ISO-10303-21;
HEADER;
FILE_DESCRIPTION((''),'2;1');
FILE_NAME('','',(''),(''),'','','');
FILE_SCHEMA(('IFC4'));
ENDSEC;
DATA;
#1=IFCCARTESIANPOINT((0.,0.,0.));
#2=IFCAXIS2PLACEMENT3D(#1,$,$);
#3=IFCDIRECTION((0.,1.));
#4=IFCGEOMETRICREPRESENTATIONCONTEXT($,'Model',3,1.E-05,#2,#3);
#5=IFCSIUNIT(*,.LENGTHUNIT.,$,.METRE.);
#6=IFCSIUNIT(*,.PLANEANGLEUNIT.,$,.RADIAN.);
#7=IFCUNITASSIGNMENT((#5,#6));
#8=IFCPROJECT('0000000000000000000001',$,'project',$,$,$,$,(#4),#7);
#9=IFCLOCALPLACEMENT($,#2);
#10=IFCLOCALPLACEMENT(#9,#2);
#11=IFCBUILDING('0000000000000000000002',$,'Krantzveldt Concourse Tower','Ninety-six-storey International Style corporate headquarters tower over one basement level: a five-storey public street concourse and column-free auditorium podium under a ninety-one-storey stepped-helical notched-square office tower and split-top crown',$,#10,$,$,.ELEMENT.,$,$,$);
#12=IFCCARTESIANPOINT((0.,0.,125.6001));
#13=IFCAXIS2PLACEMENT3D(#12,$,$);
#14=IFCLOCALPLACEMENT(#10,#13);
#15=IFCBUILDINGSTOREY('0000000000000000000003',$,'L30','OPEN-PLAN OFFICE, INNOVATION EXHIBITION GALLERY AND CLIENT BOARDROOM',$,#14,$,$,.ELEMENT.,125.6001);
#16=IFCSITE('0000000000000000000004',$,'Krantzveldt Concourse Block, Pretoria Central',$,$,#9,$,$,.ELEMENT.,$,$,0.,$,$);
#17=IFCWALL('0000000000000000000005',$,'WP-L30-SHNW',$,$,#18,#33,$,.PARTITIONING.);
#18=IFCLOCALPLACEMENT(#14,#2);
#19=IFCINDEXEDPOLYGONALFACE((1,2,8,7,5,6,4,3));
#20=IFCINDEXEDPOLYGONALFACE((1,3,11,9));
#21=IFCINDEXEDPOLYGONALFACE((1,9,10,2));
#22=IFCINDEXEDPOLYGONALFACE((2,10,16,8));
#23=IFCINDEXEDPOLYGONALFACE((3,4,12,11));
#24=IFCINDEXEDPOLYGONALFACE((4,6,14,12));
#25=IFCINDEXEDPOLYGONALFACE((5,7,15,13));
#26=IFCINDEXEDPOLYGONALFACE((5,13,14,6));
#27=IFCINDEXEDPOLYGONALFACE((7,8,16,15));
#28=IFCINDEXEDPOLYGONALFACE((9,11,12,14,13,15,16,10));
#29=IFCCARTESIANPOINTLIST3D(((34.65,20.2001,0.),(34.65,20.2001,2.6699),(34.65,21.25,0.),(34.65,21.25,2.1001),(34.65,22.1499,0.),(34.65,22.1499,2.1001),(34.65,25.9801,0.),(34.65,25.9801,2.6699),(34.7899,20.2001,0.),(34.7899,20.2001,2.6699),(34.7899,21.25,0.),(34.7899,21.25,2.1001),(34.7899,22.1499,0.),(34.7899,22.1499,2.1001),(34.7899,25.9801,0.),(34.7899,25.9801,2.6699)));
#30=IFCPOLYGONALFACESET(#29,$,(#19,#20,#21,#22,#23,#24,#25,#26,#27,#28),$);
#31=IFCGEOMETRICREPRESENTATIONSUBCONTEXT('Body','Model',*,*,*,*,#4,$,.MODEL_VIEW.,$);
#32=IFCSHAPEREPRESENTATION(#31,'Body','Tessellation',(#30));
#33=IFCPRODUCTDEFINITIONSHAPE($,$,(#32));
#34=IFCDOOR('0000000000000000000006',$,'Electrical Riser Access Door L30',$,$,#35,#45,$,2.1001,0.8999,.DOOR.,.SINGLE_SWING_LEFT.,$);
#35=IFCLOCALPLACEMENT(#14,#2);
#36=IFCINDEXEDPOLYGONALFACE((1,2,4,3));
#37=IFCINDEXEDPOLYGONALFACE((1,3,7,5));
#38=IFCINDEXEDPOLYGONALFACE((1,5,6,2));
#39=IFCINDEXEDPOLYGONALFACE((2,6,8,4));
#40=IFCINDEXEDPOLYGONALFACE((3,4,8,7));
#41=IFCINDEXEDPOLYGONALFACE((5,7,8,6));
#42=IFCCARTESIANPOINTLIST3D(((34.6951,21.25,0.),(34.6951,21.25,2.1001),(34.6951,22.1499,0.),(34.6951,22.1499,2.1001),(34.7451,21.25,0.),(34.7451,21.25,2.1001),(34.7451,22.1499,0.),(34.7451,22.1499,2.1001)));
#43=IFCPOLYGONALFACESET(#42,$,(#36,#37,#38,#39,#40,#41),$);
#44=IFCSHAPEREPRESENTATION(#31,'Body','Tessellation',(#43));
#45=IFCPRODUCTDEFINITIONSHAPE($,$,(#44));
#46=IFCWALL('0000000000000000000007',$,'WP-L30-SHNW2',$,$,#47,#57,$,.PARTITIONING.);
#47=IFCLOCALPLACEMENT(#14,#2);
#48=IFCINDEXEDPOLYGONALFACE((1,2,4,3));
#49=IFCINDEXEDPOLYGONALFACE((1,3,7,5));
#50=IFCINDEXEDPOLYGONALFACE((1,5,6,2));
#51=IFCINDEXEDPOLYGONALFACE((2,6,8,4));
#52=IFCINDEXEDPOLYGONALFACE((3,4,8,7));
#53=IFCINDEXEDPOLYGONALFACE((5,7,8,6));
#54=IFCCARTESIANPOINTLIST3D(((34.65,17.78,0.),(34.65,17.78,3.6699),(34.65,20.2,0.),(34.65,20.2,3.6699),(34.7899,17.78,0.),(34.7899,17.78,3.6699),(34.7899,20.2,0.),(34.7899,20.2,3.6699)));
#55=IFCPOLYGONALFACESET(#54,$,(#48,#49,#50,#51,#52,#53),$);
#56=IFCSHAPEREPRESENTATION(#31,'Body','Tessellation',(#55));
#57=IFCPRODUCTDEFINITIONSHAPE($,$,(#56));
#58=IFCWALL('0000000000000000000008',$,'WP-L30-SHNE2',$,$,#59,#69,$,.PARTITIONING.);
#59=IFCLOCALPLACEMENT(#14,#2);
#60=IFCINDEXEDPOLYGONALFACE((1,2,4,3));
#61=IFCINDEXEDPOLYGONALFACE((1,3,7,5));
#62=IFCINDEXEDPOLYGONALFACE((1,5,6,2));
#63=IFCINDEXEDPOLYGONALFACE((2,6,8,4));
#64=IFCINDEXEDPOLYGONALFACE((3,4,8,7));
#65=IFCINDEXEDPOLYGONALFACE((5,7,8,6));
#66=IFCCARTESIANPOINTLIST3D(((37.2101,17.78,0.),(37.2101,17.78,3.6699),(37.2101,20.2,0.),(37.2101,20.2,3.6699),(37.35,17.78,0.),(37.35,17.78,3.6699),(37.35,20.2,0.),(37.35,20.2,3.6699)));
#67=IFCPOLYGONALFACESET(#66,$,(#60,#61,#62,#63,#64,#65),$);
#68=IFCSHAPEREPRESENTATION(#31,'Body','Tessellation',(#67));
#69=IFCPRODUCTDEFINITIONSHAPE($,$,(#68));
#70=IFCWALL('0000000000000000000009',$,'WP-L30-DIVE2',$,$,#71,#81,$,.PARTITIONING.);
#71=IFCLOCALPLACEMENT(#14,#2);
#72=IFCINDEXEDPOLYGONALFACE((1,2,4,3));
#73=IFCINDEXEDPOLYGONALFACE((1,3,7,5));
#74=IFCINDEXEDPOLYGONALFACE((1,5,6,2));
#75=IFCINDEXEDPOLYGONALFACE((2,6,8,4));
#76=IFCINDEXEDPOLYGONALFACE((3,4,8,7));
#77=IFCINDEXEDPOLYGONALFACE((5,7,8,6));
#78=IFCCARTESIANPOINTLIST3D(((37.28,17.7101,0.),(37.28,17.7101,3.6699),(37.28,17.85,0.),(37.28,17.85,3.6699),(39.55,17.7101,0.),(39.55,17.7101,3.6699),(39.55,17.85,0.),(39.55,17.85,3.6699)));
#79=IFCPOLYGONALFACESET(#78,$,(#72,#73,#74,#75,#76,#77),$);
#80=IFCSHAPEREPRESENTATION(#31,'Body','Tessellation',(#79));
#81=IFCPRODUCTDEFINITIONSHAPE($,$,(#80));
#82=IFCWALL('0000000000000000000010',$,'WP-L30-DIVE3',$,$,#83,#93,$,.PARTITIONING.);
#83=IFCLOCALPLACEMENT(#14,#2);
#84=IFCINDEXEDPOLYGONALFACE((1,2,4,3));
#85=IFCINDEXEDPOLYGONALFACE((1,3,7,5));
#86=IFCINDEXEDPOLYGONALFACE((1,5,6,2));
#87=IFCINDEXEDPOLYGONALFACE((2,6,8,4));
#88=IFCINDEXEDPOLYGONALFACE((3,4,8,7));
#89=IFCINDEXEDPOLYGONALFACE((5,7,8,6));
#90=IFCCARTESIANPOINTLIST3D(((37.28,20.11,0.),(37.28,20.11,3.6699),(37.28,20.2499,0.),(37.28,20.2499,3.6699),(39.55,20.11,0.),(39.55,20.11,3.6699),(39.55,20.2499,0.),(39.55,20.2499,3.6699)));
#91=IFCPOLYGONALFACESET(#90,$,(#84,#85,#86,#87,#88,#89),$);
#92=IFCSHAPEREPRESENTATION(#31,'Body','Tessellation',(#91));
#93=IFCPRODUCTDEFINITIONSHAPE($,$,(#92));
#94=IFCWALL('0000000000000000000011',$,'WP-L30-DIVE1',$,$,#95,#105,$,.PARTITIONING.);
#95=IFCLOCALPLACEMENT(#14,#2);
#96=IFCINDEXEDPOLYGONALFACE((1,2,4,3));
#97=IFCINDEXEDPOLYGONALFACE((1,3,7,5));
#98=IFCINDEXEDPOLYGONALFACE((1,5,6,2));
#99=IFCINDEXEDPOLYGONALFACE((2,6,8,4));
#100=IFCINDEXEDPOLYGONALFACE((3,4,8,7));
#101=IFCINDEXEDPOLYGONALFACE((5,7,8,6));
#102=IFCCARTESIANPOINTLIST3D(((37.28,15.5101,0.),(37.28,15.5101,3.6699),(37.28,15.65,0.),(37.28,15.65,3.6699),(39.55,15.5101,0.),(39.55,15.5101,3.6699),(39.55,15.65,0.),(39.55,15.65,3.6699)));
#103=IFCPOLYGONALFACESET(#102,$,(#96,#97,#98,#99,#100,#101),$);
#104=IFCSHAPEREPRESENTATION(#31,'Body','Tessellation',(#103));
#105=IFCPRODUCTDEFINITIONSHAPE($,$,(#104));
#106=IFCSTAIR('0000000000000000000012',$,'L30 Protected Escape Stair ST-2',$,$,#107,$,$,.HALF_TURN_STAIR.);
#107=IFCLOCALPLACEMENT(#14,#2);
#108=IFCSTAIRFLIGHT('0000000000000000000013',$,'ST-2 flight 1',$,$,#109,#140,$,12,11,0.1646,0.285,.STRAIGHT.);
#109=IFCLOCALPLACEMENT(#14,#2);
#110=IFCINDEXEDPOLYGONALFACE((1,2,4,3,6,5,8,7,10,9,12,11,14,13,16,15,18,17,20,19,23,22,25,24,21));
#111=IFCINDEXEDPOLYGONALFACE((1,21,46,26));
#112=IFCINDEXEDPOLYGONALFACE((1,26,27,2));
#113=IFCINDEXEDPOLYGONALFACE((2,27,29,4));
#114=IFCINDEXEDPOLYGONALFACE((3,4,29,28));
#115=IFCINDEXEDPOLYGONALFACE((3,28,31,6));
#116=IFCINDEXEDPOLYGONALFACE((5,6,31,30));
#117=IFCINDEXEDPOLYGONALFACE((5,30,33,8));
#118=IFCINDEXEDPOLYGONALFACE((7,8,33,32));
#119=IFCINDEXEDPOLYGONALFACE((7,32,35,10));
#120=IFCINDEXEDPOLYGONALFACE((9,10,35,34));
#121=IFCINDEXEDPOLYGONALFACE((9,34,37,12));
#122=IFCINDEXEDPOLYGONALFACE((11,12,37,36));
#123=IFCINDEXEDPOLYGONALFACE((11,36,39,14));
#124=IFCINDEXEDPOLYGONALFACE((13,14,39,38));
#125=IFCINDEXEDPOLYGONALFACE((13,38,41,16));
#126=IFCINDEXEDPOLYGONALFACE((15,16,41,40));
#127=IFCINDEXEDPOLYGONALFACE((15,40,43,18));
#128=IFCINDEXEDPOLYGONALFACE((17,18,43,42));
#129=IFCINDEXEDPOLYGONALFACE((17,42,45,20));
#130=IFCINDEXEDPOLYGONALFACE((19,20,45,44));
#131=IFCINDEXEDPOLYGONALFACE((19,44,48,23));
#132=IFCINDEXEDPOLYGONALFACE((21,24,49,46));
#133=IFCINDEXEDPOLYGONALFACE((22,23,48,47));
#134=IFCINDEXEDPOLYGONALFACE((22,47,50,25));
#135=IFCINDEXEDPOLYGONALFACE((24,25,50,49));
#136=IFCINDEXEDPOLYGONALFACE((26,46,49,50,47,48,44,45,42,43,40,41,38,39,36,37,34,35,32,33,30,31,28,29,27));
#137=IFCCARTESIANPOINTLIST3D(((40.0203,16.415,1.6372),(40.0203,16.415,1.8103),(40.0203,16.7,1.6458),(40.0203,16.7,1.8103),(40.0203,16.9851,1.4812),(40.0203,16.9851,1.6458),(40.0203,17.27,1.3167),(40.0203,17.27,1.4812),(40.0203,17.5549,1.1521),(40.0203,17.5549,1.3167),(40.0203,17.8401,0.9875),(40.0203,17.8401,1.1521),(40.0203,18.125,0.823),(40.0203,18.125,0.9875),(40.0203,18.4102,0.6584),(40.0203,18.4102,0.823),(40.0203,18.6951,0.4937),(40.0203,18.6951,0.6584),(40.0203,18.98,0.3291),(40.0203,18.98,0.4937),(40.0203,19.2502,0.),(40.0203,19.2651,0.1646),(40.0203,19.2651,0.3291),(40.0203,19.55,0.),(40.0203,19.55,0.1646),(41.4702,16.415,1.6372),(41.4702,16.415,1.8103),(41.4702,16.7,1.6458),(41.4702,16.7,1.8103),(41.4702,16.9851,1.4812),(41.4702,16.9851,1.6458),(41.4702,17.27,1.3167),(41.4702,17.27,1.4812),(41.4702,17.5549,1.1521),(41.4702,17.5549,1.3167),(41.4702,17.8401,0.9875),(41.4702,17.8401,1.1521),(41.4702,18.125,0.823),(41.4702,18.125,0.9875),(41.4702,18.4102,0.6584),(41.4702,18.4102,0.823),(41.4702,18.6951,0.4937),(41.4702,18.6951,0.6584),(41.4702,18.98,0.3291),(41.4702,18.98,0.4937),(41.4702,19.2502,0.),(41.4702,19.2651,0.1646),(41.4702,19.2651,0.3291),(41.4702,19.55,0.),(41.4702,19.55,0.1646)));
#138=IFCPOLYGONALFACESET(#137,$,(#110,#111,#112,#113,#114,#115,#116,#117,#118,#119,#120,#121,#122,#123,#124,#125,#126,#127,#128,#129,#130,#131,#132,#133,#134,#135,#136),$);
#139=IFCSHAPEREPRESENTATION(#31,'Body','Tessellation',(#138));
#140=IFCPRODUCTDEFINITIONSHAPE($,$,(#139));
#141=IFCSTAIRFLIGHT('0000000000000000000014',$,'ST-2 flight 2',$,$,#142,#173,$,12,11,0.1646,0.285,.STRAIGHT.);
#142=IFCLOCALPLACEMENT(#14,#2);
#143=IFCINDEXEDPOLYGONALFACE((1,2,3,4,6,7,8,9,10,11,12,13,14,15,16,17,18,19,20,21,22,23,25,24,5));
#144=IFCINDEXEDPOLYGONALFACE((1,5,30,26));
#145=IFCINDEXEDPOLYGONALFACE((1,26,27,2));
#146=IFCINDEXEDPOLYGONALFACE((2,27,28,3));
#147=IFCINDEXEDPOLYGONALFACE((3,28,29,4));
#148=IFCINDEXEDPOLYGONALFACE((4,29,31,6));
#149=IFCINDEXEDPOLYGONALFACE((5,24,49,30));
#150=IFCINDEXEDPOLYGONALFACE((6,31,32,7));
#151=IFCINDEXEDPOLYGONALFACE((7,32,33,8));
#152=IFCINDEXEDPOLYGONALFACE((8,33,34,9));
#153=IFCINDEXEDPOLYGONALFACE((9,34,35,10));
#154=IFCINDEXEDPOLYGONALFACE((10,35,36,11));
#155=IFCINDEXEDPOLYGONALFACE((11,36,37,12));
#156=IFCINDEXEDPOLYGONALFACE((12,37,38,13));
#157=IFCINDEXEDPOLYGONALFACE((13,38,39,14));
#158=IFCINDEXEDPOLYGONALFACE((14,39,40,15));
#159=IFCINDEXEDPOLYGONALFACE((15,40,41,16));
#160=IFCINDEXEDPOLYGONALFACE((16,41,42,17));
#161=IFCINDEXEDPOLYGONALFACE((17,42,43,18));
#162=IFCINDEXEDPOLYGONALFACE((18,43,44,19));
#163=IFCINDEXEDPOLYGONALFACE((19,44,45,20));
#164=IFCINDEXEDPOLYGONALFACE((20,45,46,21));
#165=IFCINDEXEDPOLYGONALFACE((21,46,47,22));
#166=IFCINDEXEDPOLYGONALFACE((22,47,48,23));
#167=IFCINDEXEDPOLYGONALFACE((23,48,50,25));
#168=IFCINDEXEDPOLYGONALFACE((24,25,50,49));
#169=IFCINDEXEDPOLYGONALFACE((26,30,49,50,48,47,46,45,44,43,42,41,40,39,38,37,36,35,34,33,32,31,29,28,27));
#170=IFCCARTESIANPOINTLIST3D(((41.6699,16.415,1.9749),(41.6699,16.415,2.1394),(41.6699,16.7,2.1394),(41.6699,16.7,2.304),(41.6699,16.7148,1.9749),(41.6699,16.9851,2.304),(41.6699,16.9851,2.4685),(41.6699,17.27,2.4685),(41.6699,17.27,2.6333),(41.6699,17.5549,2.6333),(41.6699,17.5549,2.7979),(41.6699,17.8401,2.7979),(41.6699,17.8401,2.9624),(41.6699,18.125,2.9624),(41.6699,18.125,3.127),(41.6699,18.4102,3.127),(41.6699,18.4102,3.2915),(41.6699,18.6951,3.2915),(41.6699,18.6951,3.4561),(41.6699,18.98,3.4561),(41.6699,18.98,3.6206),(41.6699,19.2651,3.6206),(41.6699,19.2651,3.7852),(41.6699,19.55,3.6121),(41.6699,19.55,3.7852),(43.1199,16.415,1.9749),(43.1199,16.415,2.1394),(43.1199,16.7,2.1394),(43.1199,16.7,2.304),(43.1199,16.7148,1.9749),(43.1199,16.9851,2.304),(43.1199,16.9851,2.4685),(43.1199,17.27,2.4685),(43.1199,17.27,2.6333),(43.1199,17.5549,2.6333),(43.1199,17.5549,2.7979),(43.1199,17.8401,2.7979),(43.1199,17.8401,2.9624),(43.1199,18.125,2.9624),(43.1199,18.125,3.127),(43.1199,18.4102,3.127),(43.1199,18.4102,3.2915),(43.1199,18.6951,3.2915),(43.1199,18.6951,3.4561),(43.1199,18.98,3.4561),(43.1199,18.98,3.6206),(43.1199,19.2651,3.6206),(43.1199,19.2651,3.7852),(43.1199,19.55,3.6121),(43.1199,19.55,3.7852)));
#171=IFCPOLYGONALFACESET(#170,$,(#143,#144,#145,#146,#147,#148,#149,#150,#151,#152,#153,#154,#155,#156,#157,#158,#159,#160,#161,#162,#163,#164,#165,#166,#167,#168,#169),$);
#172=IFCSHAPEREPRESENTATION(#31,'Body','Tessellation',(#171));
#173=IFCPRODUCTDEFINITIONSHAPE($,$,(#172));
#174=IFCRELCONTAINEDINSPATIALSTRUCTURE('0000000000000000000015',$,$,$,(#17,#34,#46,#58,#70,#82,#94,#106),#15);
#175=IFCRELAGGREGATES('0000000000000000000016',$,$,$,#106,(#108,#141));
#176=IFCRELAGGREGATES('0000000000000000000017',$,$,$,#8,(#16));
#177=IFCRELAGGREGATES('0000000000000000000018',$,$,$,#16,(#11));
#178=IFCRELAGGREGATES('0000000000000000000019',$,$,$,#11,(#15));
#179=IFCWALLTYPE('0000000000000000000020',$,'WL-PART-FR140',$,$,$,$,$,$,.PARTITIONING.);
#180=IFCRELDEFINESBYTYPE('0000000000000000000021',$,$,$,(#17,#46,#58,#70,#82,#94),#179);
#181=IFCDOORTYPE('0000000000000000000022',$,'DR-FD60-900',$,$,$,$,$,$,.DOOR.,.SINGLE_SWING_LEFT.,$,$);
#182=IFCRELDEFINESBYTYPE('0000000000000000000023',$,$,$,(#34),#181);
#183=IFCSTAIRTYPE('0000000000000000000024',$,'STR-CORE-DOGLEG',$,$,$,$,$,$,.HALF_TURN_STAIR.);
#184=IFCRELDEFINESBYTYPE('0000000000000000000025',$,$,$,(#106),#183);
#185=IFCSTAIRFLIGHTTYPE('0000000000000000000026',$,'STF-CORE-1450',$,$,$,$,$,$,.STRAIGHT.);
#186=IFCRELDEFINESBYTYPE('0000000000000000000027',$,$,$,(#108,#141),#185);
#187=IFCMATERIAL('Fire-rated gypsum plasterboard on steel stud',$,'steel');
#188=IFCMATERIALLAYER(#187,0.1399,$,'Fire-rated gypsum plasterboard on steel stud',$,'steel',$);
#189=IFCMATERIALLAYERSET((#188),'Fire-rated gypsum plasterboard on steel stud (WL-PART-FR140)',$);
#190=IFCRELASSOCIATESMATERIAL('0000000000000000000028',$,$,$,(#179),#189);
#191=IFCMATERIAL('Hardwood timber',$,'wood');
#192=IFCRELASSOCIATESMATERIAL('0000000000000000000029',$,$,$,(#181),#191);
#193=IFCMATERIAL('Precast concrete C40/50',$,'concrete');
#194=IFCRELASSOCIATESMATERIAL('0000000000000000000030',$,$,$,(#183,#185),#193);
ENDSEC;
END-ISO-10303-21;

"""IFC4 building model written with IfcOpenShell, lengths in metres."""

from ifc_helpers import new_model, si_unit, direction, frame, frame_2d, origin, place, context, subcontext, project, spatial, polyline, rectangle, outline, extrude, material, layer, layer_set, type_object, element, fill, aggregate, save


model = new_model("IFC4")

# Units and contexts
model_context = context("Model", 3, precision=1e-05, world=origin(), true_north=direction((0.0, 1.0)))
body_context = subcontext(model_context, "Body", "Model", "MODEL_VIEW")
ifc_project = project(units=[si_unit("LENGTHUNIT", "METRE"), si_unit("PLANEANGLEUNIT", "RADIAN")], contexts=[model_context])

# Site, building, storey
site_placement = place(None, origin())
site = spatial("IfcSite", under=ifc_project, at=site_placement, Name="Krantzveldt Concourse Block, Pretoria Central", CompositionType="ELEMENT", RefElevation=0.0)
building_placement = place(site_placement, origin())
building = spatial("IfcBuilding", under=site, at=building_placement, Name="Krantzveldt Concourse Tower", Description="Ninety-six-storey International Style corporate headquarters tower over one basement level: a five-storey public street concourse and column-free auditorium podium under a ninety-one-storey stepped-helical notched-square office tower and split-top crown", CompositionType="ELEMENT")
storey_placement = place(building_placement, frame((0.0, 0.0, 125.6001)))
storey = spatial("IfcBuildingStorey", under=building, at=storey_placement, Name="L30", Description="OPEN-PLAN OFFICE, INNOVATION EXHIBITION GALLERY AND CLIENT BOARDROOM", CompositionType="ELEMENT", Elevation=125.6001)

# Wall, opening, door
ifc_material_1 = material(Name="Fire-rated gypsum plasterboard on steel stud", Category="steel")
ifc_layer_1 = layer(ifc_material_1, 0.1399, Name="Fire-rated gypsum plasterboard on steel stud", Category="steel")
ifc_layer_set_1 = layer_set([ifc_layer_1], Name="Fire-rated gypsum plasterboard on steel stud (WL-PART-FR140)")
wall_type = type_object("IfcWallType", Name="WL-PART-FR140", PredefinedType="PARTITIONING", material=ifc_layer_set_1)
wall_1_placement = place(storey_placement, frame((34.72, 20.2, 0.0), z_axis=(0.0, 0.0, 1.0), x_axis=(0.0, 1.0, 0.0)))
wall_1 = element("IfcWall", 1, at=wall_1_placement, inside=storey, type_object=wall_type, Name="WP-L30-SHNW", PredefinedType="PARTITIONING", context=body_context, shape_type="SweptSolid", body=[
    extrude(rectangle(XDim=5.78, YDim=0.1399, at=frame_2d((2.8901, 0.0))), origin(), (0.0, 0.0, 1.0), 2.6699),
])
opening_1_placement = place(wall_1_placement, frame((1.05, 0.0, 0.0)))
opening_1 = element("IfcOpeningElement", 2, at=opening_1_placement, cuts=wall_1, PredefinedType="OPENING", context=body_context, shape_type="SweptSolid", body=[
    extrude(rectangle(XDim=0.8999, YDim=2.1001, at=frame_2d((0.45, 1.05))), frame((0.0, 0.0801, 0.0), z_axis=(0.0, -1.0, 0.0), x_axis=(1.0, 0.0, 0.0)), (0.0, 0.0, 1.0), 0.1599),
])
ifc_material_2 = material(Name="Hardwood timber", Category="wood")
door_type_1 = type_object("IfcDoorType", Name="DR-FD60-900", OperationType="SINGLE_SWING_LEFT", PredefinedType="DOOR", material=ifc_material_2)
door_1_placement = place(opening_1_placement, origin())
door_1 = element("IfcDoor", 3, at=door_1_placement, inside=storey, type_object=door_type_1, Name="Electrical Riser Access Door L30", OperationType="SINGLE_SWING_LEFT", OverallHeight=2.1001, OverallWidth=0.8999, PredefinedType="DOOR", context=body_context, shape_type="SweptSolid", body=[
    extrude(rectangle(XDim=0.8999, YDim=2.1001, at=frame_2d((0.45, 1.05))), frame((0.0, 0.0249, 0.0), z_axis=(0.0, -1.0, 0.0), x_axis=(1.0, 0.0, 0.0)), (0.0, 0.0, 1.0), 0.05),
])
fill(opening_1, door_1)

# Walls
for number, where, z_axis, x_axis, name in (
    (4, (34.72, 17.78, 0.0), (0.0, 0.0, 1.0), (0.0, 1.0, 0.0), "WP-L30-SHNW2"),
    (5, (37.28, 17.78, 0.0), (0.0, 0.0, 1.0), (0.0, 1.0, 0.0), "WP-L30-SHNE2"),
):
    element("IfcWall", number, at=place(storey_placement, frame(where, z_axis=z_axis, x_axis=x_axis)), inside=storey, type_object=wall_type, Name=name, PredefinedType="PARTITIONING", context=body_context, shape_type="SweptSolid", body=[
        extrude(rectangle(XDim=2.4199, YDim=0.1399, at=frame_2d((1.21, 0.0))), origin(), (0.0, 0.0, 1.0), 3.6699),
    ])
for number, where, z_axis, x_axis, name in (
    (6, (37.28, 17.78, 0.0), (0.0, 0.0, 1.0), (1.0, 0.0, 0.0), "WP-L30-DIVE2"),
    (7, (37.28, 20.1799, 0.0), (0.0, 0.0, 1.0), (1.0, 0.0, 0.0), "WP-L30-DIVE3"),
    (8, (37.28, 15.5801, 0.0), (0.0, 0.0, 1.0), (1.0, 0.0, 0.0), "WP-L30-DIVE1"),
):
    element("IfcWall", number, at=place(storey_placement, frame(where, z_axis=z_axis, x_axis=x_axis)), inside=storey, type_object=wall_type, Name=name, PredefinedType="PARTITIONING", context=body_context, shape_type="SweptSolid", body=[
        extrude(rectangle(XDim=2.27, YDim=0.1399, at=frame_2d((1.135, 0.0))), origin(), (0.0, 0.0, 1.0), 3.6699),
    ])

# Stair, stair flights
ifc_material_3 = material(Name="Precast concrete C40/50", Category="concrete")
stair_type = type_object("IfcStairType", Name="STR-CORE-DOGLEG", PredefinedType="HALF_TURN_STAIR", material=ifc_material_3)
stair_placement = place(storey_placement, origin())
stair = element("IfcStair", 9, at=stair_placement, inside=storey, type_object=stair_type, Name="L30 Protected Escape Stair ST-2", PredefinedType="HALF_TURN_STAIR")
stair_flight_type = type_object("IfcStairFlightType", Name="STF-CORE-1450", PredefinedType="STRAIGHT", material=ifc_material_3)
stair_flight_1_placement = place(storey_placement, frame((40.7451, 19.55, 0.0), z_axis=(0.0, 0.0, 1.0), x_axis=(0.0, -1.0, 0.0)))
stair_flight_1 = element("IfcStairFlight", 10, at=stair_flight_1_placement, type_object=stair_flight_type, Name="ST-2 flight 1", NumberOfRisers=12, NumberOfTreads=11, PredefinedType="STRAIGHT", RiserHeight=0.1646, TreadLength=0.285, context=body_context, shape_type="SweptSolid", body=[
    extrude(outline(polyline([(0.0, 0.0), (0.0, 0.1646), (0.2849, 0.1646), (0.2849, 0.3291), (0.5701, 0.3291), (0.5701, 0.4937), (0.855, 0.4937), (0.855, 0.6584), (1.1399, 0.6584), (1.1399, 0.823), (1.425, 0.823), (1.425, 0.9875), (1.71, 0.9875), (1.71, 1.1521), (1.9951, 1.1521), (1.9951, 1.3167), (2.28, 1.3167), (2.28, 1.4812), (2.5649, 1.4812), (2.5649, 1.6458), (2.8501, 1.6458), (2.8501, 1.8103), (3.135, 1.8103), (3.135, 1.9751), (3.135, 1.6372), (0.2998, 0.0), (0.0, 0.0)])), frame((0.0, 0.7251, 0.0), z_axis=(0.0, -1.0, 0.0), x_axis=(1.0, 0.0, 0.0)), (0.0, 0.0, 1.0), 1.45),
])
stair_flight_2_placement = place(storey_placement, frame((42.395, 16.415, 1.9749), z_axis=(0.0, 0.0, 1.0), x_axis=(0.0, 1.0, 0.0)))
stair_flight_2 = element("IfcStairFlight", 11, at=stair_flight_2_placement, type_object=stair_flight_type, Name="ST-2 flight 2", NumberOfRisers=12, NumberOfTreads=11, PredefinedType="STRAIGHT", RiserHeight=0.1646, TreadLength=0.285, context=body_context, shape_type="SweptSolid", body=[
    extrude(outline(polyline([(0.0, 0.0), (0.0, 0.1646), (0.2849, 0.1646), (0.2849, 0.3291), (0.5701, 0.3291), (0.5701, 0.4937), (0.855, 0.4937), (0.855, 0.6584), (1.1399, 0.6584), (1.1399, 0.823), (1.425, 0.823), (1.425, 0.9875), (1.71, 0.9875), (1.71, 1.1521), (1.9951, 1.1521), (1.9951, 1.3167), (2.28, 1.3167), (2.28, 1.4812), (2.5649, 1.4812), (2.5649, 1.6458), (2.8501, 1.6458), (2.8501, 1.8103), (3.135, 1.8103), (3.135, 1.9751), (3.135, 1.6372), (0.2998, 0.0), (0.0, 0.0)])), frame((0.0, 0.7251, 0.0), z_axis=(0.0, -1.0, 0.0), x_axis=(1.0, 0.0, 0.0)), (0.0, 0.0, 1.0), 1.45),
])
aggregate(stair, [stair_flight_1, stair_flight_2])

save(model, "model.ifc")
